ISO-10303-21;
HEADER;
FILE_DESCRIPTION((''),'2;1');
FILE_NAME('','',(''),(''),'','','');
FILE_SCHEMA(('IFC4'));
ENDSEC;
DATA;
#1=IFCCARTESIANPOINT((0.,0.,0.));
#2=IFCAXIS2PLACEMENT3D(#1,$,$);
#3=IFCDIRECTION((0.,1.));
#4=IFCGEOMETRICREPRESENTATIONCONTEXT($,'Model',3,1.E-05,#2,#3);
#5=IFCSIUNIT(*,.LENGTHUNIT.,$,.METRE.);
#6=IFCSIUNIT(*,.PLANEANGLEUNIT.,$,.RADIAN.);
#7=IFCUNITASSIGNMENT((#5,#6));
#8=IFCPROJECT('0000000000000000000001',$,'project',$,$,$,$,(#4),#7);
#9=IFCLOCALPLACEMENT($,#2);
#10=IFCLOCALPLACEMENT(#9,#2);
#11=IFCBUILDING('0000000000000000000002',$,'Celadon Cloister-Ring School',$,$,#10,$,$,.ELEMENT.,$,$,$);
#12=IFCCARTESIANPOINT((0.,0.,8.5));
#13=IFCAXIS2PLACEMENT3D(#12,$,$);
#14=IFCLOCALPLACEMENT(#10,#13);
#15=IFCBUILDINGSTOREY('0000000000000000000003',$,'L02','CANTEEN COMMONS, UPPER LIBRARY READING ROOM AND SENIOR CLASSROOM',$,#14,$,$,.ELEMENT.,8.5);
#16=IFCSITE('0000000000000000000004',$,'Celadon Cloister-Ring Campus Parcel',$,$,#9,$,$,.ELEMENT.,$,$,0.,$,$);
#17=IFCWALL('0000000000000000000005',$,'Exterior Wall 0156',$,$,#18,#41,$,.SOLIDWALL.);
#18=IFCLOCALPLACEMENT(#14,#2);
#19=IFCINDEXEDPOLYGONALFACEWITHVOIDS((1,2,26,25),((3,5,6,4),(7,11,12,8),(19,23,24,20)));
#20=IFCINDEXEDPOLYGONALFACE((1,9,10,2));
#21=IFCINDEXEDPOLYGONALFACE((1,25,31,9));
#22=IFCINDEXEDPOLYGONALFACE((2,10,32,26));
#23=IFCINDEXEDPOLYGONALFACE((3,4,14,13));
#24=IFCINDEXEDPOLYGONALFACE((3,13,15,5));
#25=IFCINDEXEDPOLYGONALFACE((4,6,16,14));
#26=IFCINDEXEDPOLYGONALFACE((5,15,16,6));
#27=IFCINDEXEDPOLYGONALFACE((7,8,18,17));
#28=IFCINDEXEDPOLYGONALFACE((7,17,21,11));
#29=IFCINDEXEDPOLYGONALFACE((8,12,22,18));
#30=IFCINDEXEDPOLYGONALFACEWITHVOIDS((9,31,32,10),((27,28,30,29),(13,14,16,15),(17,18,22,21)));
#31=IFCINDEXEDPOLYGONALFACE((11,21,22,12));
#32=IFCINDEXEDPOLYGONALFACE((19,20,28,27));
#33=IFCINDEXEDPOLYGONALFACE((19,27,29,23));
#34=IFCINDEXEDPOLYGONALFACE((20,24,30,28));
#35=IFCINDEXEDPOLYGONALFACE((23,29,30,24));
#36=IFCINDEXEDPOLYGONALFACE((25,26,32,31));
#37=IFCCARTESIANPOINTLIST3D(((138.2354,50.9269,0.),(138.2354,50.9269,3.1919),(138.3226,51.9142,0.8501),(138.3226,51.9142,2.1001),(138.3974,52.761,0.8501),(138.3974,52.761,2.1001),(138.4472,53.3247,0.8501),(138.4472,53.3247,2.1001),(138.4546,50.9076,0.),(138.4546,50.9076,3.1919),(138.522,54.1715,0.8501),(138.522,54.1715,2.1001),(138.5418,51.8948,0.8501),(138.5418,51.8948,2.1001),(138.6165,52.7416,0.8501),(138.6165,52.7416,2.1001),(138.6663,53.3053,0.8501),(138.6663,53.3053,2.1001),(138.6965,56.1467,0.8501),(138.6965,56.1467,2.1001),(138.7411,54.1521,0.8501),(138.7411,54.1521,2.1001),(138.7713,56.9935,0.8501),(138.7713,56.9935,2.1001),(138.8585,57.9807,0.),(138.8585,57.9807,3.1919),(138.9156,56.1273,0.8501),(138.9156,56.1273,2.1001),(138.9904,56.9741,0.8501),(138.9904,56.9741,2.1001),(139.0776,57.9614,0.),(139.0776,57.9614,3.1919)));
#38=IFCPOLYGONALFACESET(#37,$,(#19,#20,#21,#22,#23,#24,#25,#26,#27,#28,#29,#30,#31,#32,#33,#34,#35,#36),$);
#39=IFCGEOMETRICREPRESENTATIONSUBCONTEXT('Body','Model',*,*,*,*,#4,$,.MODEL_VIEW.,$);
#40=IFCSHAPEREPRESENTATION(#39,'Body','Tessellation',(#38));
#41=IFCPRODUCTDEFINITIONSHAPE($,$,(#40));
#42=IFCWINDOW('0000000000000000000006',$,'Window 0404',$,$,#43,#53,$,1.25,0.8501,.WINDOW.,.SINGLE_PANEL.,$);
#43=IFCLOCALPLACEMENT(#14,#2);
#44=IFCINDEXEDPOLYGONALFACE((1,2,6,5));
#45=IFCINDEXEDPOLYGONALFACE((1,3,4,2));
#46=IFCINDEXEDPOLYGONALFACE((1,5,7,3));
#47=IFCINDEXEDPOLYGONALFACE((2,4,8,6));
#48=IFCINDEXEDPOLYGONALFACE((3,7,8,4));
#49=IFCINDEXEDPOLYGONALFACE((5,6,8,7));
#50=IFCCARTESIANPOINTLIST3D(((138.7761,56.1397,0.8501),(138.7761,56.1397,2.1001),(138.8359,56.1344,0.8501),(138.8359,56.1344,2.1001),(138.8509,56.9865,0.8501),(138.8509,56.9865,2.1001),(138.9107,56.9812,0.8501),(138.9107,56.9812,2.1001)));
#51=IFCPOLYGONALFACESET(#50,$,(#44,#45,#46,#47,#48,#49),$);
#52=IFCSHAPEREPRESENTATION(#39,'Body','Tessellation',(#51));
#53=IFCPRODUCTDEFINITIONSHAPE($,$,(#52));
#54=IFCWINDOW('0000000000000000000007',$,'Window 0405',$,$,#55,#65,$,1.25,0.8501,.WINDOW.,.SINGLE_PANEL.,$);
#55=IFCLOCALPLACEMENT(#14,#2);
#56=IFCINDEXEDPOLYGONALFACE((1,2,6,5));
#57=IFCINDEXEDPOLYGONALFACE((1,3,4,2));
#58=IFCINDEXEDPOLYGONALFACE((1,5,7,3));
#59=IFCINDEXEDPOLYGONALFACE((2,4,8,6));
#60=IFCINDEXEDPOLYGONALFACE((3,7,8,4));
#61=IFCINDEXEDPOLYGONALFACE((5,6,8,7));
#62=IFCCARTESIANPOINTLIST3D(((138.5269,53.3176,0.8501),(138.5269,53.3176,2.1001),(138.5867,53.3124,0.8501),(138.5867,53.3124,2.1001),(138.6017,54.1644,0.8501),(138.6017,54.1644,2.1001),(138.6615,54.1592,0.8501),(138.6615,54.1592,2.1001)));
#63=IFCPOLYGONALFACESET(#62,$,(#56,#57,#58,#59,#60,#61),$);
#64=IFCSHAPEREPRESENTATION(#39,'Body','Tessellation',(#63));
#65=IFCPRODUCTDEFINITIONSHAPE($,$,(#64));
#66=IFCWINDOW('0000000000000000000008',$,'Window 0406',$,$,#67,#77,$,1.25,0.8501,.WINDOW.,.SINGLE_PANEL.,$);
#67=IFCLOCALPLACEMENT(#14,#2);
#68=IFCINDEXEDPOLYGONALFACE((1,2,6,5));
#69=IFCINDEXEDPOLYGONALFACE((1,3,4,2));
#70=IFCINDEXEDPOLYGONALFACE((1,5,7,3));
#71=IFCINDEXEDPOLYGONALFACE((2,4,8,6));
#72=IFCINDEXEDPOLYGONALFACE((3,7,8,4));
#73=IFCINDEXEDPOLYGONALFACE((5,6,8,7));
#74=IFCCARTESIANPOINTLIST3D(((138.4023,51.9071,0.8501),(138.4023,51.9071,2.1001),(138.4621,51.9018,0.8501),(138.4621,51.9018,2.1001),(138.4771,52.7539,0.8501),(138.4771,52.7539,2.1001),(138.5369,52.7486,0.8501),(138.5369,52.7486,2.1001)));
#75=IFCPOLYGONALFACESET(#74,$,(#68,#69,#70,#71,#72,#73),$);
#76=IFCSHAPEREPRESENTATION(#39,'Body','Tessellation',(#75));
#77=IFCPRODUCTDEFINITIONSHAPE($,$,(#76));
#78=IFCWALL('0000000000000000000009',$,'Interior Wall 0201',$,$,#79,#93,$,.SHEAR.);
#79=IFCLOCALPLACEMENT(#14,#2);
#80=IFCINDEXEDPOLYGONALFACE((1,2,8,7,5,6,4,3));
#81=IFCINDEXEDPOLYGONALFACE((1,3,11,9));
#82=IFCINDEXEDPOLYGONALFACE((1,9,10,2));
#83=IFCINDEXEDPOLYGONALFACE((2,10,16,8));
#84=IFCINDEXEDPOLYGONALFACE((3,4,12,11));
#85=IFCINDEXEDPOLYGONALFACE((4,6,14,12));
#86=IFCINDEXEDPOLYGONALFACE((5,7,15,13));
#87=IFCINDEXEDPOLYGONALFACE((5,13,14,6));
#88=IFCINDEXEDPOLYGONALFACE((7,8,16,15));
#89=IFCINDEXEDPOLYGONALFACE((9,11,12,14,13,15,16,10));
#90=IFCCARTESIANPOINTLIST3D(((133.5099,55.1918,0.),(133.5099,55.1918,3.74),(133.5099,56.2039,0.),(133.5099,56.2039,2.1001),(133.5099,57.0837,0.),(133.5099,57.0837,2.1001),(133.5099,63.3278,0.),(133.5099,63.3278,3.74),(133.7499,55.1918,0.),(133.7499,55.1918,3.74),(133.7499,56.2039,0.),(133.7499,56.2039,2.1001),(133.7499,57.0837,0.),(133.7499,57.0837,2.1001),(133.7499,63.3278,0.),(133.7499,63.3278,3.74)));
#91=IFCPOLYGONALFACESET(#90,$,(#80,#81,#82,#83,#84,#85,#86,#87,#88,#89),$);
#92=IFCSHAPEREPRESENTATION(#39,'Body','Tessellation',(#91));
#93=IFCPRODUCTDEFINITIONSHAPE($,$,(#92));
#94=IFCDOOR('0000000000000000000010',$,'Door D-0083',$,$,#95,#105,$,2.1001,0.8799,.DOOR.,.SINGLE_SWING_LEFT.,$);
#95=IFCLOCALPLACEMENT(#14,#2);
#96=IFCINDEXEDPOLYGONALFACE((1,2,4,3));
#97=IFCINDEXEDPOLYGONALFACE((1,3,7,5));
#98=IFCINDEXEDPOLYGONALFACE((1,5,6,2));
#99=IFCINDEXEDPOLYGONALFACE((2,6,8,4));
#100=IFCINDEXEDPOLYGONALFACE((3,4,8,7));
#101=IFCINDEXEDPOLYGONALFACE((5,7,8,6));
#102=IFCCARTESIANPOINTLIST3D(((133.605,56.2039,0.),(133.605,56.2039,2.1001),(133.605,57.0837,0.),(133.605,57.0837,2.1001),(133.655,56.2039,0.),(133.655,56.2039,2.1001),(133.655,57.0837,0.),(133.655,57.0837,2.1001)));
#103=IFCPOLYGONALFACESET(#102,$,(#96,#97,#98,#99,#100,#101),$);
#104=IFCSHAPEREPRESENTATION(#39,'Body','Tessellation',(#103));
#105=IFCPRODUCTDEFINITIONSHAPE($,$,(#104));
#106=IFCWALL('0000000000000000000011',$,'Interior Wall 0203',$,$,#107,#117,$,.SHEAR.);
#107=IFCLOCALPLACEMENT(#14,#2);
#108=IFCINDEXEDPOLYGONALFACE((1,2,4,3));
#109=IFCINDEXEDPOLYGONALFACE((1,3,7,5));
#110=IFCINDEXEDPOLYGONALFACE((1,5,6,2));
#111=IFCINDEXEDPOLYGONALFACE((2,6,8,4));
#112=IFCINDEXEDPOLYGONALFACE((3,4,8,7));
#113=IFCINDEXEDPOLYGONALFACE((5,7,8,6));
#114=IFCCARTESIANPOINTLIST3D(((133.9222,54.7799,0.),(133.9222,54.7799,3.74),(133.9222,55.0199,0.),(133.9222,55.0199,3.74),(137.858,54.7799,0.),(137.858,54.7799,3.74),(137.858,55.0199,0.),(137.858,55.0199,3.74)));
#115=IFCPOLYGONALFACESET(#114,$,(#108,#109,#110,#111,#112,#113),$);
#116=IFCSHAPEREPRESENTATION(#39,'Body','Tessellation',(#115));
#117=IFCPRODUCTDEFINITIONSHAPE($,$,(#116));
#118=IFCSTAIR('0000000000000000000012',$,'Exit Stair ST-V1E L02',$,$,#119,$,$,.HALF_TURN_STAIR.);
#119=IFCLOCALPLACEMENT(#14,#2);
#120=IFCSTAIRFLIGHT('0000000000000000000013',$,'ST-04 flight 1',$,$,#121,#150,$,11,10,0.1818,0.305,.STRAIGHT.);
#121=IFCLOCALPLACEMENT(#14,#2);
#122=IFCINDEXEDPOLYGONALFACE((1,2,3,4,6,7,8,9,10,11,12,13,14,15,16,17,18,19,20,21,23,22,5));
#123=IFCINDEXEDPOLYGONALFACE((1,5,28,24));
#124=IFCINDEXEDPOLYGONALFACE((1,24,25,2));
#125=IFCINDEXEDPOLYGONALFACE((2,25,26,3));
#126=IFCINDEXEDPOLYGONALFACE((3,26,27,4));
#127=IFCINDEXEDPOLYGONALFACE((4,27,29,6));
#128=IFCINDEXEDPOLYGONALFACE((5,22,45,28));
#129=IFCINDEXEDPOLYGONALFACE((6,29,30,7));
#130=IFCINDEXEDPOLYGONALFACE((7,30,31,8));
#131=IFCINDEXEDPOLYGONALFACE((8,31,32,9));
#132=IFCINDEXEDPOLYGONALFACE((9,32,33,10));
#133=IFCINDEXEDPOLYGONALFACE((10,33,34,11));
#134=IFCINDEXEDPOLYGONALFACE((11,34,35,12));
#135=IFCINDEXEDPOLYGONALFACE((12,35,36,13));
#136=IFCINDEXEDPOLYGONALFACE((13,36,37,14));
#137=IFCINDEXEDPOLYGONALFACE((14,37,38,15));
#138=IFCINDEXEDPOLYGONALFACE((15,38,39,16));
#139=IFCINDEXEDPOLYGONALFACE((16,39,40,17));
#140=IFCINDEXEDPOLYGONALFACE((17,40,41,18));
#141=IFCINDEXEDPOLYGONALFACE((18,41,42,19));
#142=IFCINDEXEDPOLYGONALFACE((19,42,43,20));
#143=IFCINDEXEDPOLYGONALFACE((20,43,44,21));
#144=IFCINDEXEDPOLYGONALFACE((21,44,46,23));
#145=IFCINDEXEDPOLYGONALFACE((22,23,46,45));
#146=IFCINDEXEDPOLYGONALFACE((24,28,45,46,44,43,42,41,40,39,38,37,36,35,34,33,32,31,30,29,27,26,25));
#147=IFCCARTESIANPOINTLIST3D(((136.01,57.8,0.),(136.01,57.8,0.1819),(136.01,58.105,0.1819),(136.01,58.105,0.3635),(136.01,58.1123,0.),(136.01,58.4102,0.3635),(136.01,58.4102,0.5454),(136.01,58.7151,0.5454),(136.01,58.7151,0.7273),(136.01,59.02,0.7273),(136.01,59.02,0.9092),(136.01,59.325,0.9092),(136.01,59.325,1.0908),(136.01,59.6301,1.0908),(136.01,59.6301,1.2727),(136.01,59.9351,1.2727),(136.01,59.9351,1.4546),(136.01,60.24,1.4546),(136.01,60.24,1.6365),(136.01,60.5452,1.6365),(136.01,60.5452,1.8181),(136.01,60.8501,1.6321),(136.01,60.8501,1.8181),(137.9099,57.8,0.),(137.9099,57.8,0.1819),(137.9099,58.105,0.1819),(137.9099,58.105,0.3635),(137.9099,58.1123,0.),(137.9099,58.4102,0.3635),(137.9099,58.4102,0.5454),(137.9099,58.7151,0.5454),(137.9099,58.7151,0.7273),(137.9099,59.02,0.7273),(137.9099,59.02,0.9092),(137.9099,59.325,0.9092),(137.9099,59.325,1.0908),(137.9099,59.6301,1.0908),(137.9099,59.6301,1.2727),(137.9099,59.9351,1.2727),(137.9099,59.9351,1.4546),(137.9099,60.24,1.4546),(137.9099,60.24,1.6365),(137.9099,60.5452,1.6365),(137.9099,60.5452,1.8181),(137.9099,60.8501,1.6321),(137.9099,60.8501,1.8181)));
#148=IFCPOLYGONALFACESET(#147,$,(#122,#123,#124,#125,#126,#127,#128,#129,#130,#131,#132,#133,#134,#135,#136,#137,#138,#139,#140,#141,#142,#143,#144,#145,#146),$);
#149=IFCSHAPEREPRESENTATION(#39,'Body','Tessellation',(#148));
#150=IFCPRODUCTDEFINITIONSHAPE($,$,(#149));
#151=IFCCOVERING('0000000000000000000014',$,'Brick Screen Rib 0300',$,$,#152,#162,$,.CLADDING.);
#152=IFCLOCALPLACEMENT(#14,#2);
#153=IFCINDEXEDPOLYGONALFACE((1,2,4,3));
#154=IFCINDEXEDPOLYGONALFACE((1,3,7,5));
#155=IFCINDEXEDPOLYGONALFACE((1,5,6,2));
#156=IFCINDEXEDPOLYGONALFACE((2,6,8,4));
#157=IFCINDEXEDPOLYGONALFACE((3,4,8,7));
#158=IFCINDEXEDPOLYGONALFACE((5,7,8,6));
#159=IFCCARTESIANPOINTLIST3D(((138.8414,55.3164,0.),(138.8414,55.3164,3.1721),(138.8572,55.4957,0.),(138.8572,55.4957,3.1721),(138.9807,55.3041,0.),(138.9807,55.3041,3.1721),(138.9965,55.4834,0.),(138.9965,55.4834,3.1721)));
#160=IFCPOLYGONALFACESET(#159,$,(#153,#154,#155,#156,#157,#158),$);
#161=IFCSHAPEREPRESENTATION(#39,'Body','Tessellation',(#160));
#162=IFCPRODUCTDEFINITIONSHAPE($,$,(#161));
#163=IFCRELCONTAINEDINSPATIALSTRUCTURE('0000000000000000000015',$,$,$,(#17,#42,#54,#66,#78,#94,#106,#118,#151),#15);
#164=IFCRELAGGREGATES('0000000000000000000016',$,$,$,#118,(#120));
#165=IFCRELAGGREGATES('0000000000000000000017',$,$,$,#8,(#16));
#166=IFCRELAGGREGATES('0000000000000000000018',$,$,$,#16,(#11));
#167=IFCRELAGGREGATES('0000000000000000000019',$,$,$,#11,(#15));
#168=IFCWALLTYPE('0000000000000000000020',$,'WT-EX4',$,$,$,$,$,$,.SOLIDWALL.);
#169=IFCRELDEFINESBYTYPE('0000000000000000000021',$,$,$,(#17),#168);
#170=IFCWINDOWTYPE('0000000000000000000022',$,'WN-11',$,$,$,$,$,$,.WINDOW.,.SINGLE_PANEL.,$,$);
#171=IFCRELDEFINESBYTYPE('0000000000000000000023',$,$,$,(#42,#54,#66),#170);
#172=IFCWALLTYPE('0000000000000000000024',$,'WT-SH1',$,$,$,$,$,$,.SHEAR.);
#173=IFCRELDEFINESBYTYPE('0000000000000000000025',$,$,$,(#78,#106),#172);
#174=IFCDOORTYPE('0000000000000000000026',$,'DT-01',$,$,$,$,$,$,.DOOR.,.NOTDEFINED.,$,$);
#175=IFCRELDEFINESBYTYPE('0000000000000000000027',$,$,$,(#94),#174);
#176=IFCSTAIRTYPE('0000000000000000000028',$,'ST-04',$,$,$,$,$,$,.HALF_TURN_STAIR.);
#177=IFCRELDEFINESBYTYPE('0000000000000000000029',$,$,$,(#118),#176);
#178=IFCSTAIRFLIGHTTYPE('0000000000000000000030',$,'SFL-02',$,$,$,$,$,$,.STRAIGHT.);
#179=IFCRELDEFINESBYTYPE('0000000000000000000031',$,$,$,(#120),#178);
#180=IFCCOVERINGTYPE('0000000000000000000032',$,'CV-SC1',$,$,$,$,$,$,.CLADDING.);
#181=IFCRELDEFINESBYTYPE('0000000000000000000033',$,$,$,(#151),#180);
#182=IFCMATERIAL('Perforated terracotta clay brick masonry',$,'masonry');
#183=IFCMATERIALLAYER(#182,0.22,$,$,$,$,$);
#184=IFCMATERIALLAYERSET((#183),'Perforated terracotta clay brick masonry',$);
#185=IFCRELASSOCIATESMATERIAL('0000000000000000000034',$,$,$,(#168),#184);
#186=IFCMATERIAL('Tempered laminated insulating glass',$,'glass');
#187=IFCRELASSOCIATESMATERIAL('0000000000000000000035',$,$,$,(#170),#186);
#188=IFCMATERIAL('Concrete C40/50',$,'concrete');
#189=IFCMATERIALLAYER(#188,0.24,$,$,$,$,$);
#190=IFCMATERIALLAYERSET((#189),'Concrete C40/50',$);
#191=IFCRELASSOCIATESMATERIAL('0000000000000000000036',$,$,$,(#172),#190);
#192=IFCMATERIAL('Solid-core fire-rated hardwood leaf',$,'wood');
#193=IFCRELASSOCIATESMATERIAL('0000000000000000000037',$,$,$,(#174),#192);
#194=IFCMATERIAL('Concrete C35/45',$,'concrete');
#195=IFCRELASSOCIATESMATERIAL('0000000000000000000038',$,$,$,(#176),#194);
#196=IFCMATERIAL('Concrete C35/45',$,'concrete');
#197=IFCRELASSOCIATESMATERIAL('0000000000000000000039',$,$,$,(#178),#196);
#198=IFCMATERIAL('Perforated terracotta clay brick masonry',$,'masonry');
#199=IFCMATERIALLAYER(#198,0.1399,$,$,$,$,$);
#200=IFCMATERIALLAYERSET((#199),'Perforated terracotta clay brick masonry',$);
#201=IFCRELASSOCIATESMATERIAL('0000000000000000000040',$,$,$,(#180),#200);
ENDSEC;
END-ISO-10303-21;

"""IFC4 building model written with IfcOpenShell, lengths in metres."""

from ifc_helpers import new_model, si_unit, direction, frame, frame_2d, origin, origin_2d, place, context, subcontext, project, spatial, polyline, rectangle, outline, extrude, material, layer, layer_set, type_object, element, fill, aggregate, save


model = new_model("IFC4")

# Units and contexts
model_context = context("Model", 3, precision=1e-05, world=origin(), true_north=direction((0.0, 1.0)))
body_context = subcontext(model_context, "Body", "Model", "MODEL_VIEW")
ifc_project = project(units=[si_unit("LENGTHUNIT", "METRE"), si_unit("PLANEANGLEUNIT", "RADIAN")], contexts=[model_context])

# Site, building, storey
site_placement = place(None, origin())
site = spatial("IfcSite", under=ifc_project, at=site_placement, Name="Celadon Cloister-Ring Campus Parcel", CompositionType="ELEMENT", RefElevation=0.0)
building_placement = place(site_placement, origin())
building = spatial("IfcBuilding", under=site, at=building_placement, Name="Celadon Cloister-Ring School", CompositionType="ELEMENT")
storey_placement = place(building_placement, frame((0.0, 0.0, 8.5)))
storey = spatial("IfcBuildingStorey", under=building, at=storey_placement, Name="L02", Description="CANTEEN COMMONS, UPPER LIBRARY READING ROOM AND SENIOR CLASSROOM", CompositionType="ELEMENT", Elevation=8.5)

# Wall, openings, windows
ifc_material_1 = material(Name="Perforated terracotta clay brick masonry", Category="masonry")
ifc_layer_1 = layer(ifc_material_1, 0.22)
ifc_layer_set_1 = layer_set([ifc_layer_1], Name="Perforated terracotta clay brick masonry")
wall_type_1 = type_object("IfcWallType", Name="WT-EX4", PredefinedType="SOLIDWALL", material=ifc_layer_set_1)
wall_1_placement = place(storey_placement, frame((138.968, 57.9709, 0.0), z_axis=(0.0, 0.0, 1.0), x_axis=(-0.087983, -0.996122, 0.0)))
wall_1 = element("IfcWall", 1, at=wall_1_placement, inside=storey, type_object=wall_type_1, Name="Exterior Wall 0156", PredefinedType="SOLIDWALL", context=body_context, shape_type="SweptSolid", body=[
    extrude(rectangle(XDim=7.0813, YDim=0.22, at=frame_2d((3.5405, 0.0))), origin(), (0.0, 0.0, 1.0), 3.1919),
])
opening_1_placement = place(wall_1_placement, frame((0.991, 0.0, 0.8501)))
opening_1 = element("IfcOpeningElement", 2, at=opening_1_placement, cuts=wall_1, PredefinedType="OPENING", context=body_context, shape_type="SweptSolid", body=[
    extrude(rectangle(XDim=0.8501, YDim=1.25, at=frame_2d((0.425, 0.625))), frame((0.0, 0.1201, 0.0), z_axis=(0.0, -1.0, 0.0), x_axis=(1.0, 0.0, 0.0)), (0.0, 0.0, 1.0), 0.24),
])
opening_2_placement = place(wall_1_placement, frame((3.824, 0.0, 0.8501)))
opening_2 = element("IfcOpeningElement", 3, at=opening_2_placement, cuts=wall_1, PredefinedType="OPENING", context=body_context, shape_type="SweptSolid", body=[
    extrude(rectangle(XDim=0.8501, YDim=1.25, at=frame_2d((0.425, 0.625))), frame((0.0, 0.1201, 0.0), z_axis=(0.0, -1.0, 0.0), x_axis=(1.0, 0.0, 0.0)), (0.0, 0.0, 1.0), 0.24),
])
opening_3_placement = place(wall_1_placement, frame((5.24, 0.0, 0.8501)))
opening_3 = element("IfcOpeningElement", 4, at=opening_3_placement, cuts=wall_1, PredefinedType="OPENING", context=body_context, shape_type="SweptSolid", body=[
    extrude(rectangle(XDim=0.8501, YDim=1.25, at=frame_2d((0.425, 0.625))), frame((0.0, 0.1201, 0.0), z_axis=(0.0, -1.0, 0.0), x_axis=(1.0, 0.0, 0.0)), (0.0, 0.0, 1.0), 0.24),
])
ifc_material_2 = material(Name="Tempered laminated insulating glass", Category="glass")
window_type_1 = type_object("IfcWindowType", Name="WN-11", PartitioningType="SINGLE_PANEL", PredefinedType="WINDOW", material=ifc_material_2)
window_1_placement = place(opening_1_placement, origin())
window_1 = element("IfcWindow", 5, at=window_1_placement, inside=storey, type_object=window_type_1, Name="Window 0404", OverallHeight=1.25, OverallWidth=0.8501, PartitioningType="SINGLE_PANEL", PredefinedType="WINDOW", context=body_context, shape_type="SweptSolid", body=[
    extrude(rectangle(XDim=0.8501, YDim=1.25, at=frame_2d((0.425, 0.625))), frame((0.0, 0.03, 0.0), z_axis=(0.0, -1.0, 0.0), x_axis=(1.0, 0.0, 0.0)), (0.0, 0.0, 1.0), 0.0601),
])
fill(opening_1, window_1)
window_2_placement = place(opening_2_placement, origin())
window_2 = element("IfcWindow", 6, at=window_2_placement, inside=storey, type_object=window_type_1, Name="Window 0405", OverallHeight=1.25, OverallWidth=0.8501, PartitioningType="SINGLE_PANEL", PredefinedType="WINDOW", context=body_context, shape_type="SweptSolid", body=[
    extrude(rectangle(XDim=0.8501, YDim=1.25, at=frame_2d((0.425, 0.625))), frame((0.0, 0.03, 0.0), z_axis=(0.0, -1.0, 0.0), x_axis=(1.0, 0.0, 0.0)), (0.0, 0.0, 1.0), 0.0601),
])
fill(opening_2, window_2)
window_3_placement = place(opening_3_placement, origin())
window_3 = element("IfcWindow", 7, at=window_3_placement, inside=storey, type_object=window_type_1, Name="Window 0406", OverallHeight=1.25, OverallWidth=0.8501, PartitioningType="SINGLE_PANEL", PredefinedType="WINDOW", context=body_context, shape_type="SweptSolid", body=[
    extrude(rectangle(XDim=0.8501, YDim=1.25, at=frame_2d((0.425, 0.625))), frame((0.0, 0.03, 0.0), z_axis=(0.0, -1.0, 0.0), x_axis=(1.0, 0.0, 0.0)), (0.0, 0.0, 1.0), 0.0601),
])
fill(opening_3, window_3)

# Wall, opening, door
ifc_material_3 = material(Name="Concrete C40/50", Category="concrete")
ifc_layer_2 = layer(ifc_material_3, 0.24)
ifc_layer_set_2 = layer_set([ifc_layer_2], Name="Concrete C40/50")
wall_type_2 = type_object("IfcWallType", Name="WT-SH1", PredefinedType="SHEAR", material=ifc_layer_set_2)
wall_2_placement = place(storey_placement, frame((133.6299, 55.1919, 0.0), z_axis=(0.0, 0.0, 1.0), x_axis=(0.0, 1.0, 0.0)))
wall_2 = element("IfcWall", 8, at=wall_2_placement, inside=storey, type_object=wall_type_2, Name="Interior Wall 0201", PredefinedType="SHEAR", context=body_context, shape_type="SweptSolid", body=[
    extrude(rectangle(XDim=8.136, YDim=0.24, at=frame_2d((4.0679, 0.0))), origin(), (0.0, 0.0, 1.0), 3.74),
])
opening_4_placement = place(wall_2_placement, frame((1.012, 0.0, 0.0)))
opening_4 = element("IfcOpeningElement", 9, at=opening_4_placement, cuts=wall_2, PredefinedType="OPENING", context=body_context, shape_type="SweptSolid", body=[
    extrude(rectangle(XDim=0.8799, YDim=2.1001, at=frame_2d((0.4399, 1.05))), frame((0.0, 0.1299, 0.0), z_axis=(0.0, -1.0, 0.0), x_axis=(1.0, 0.0, 0.0)), (0.0, 0.0, 1.0), 0.26),
])
ifc_material_4 = material(Name="Solid-core fire-rated hardwood leaf", Category="wood")
door_type = type_object("IfcDoorType", Name="DT-01", OperationType="NOTDEFINED", PredefinedType="DOOR", material=ifc_material_4)
door_placement = place(opening_4_placement, origin())
door = element("IfcDoor", 10, at=door_placement, inside=storey, type_object=door_type, Name="Door D-0083", OperationType="SINGLE_SWING_LEFT", OverallHeight=2.1001, OverallWidth=0.8799, PredefinedType="DOOR", context=body_context, shape_type="SweptSolid", body=[
    extrude(rectangle(XDim=0.8799, YDim=2.1001, at=frame_2d((0.4399, 1.05))), frame((0.0, 0.0249, 0.0), z_axis=(0.0, -1.0, 0.0), x_axis=(1.0, 0.0, 0.0)), (0.0, 0.0, 1.0), 0.05),
])
fill(opening_4, door)

# Wall
wall_3_placement = place(storey_placement, frame((137.8579, 54.8999, 0.0), z_axis=(0.0, 0.0, 1.0), x_axis=(-1.0, 0.0, 0.0)))
element("IfcWall", 11, at=wall_3_placement, inside=storey, type_object=wall_type_2, Name="Interior Wall 0203", PredefinedType="SHEAR", context=body_context, shape_type="SweptSolid", body=[
    extrude(rectangle(XDim=3.9358, YDim=0.24, at=frame_2d((1.9678, 0.0))), origin(), (0.0, 0.0, 1.0), 3.74),
])

# Stair, stair flight
ifc_material_5 = material(Name="Concrete C35/45", Category="concrete")
stair_type = type_object("IfcStairType", Name="ST-04", PredefinedType="HALF_TURN_STAIR", material=ifc_material_5)
stair_placement = place(storey_placement, origin())
stair = element("IfcStair", 12, at=stair_placement, inside=storey, type_object=stair_type, Name="Exit Stair ST-V1E L02", PredefinedType="HALF_TURN_STAIR")
ifc_material_6 = material(Name="Concrete C35/45", Category="concrete")
stair_flight_type = type_object("IfcStairFlightType", Name="SFL-02", PredefinedType="STRAIGHT", material=ifc_material_6)
stair_flight_placement = place(storey_placement, frame((136.96, 57.8, 0.0), z_axis=(0.0, 0.0, 1.0), x_axis=(0.0, 1.0, 0.0)))
stair_flight = element("IfcStairFlight", 13, at=stair_flight_placement, type_object=stair_flight_type, Name="ST-04 flight 1", NumberOfRisers=11, NumberOfTreads=10, PredefinedType="STRAIGHT", RiserHeight=0.1818, TreadLength=0.305, context=body_context, shape_type="SweptSolid", body=[
    extrude(outline(polyline([(0.0, 0.0), (0.0, 0.1819), (0.3049, 0.1819), (0.3049, 0.3635), (0.6101, 0.3635), (0.6101, 0.5454), (0.915, 0.5454), (0.915, 0.7273), (1.22, 0.7273), (1.22, 0.9092), (1.5249, 0.9092), (1.5249, 1.0908), (1.8301, 1.0908), (1.8301, 1.2727), (2.135, 1.2727), (2.135, 1.4546), (2.4399, 1.4546), (2.4399, 1.6365), (2.7451, 1.6365), (2.7451, 1.8181), (3.05, 1.8181), (3.05, 2.0), (3.05, 1.6321), (0.3123, 0.0), (0.0, 0.0)])), frame((0.0, 0.95, 0.0), z_axis=(0.0, -1.0, 0.0), x_axis=(1.0, 0.0, 0.0)), (0.0, 0.0, 1.0), 1.8999),
])
aggregate(stair, [stair_flight])

# Covering
ifc_material_7 = material(Name="Perforated terracotta clay brick masonry", Category="masonry")
ifc_layer_3 = layer(ifc_material_7, 0.1399)
ifc_layer_set_3 = layer_set([ifc_layer_3], Name="Perforated terracotta clay brick masonry")
covering_type = type_object("IfcCoveringType", Name="CV-SC1", PredefinedType="CLADDING", material=ifc_layer_set_3)
for number, where, z_axis, x_axis, name in (
    (14, (138.9189, 55.3999, 0.0), (0.0, 0.0, 1.0), (-0.087973, -0.996123, 0.0), "Brick Screen Rib 0300"),
):
    element("IfcCovering", number, at=place(storey_placement, frame(where, z_axis=z_axis, x_axis=x_axis)), inside=storey, type_object=covering_type, Name=name, PredefinedType="CLADDING", context=body_context, shape_type="SweptSolid", body=[
        extrude(rectangle(XDim=0.1799, YDim=0.1399, at=origin_2d()), origin(), (0.0, 0.0, 1.0), 3.1721),
    ])

save(model, "model.ifc")
